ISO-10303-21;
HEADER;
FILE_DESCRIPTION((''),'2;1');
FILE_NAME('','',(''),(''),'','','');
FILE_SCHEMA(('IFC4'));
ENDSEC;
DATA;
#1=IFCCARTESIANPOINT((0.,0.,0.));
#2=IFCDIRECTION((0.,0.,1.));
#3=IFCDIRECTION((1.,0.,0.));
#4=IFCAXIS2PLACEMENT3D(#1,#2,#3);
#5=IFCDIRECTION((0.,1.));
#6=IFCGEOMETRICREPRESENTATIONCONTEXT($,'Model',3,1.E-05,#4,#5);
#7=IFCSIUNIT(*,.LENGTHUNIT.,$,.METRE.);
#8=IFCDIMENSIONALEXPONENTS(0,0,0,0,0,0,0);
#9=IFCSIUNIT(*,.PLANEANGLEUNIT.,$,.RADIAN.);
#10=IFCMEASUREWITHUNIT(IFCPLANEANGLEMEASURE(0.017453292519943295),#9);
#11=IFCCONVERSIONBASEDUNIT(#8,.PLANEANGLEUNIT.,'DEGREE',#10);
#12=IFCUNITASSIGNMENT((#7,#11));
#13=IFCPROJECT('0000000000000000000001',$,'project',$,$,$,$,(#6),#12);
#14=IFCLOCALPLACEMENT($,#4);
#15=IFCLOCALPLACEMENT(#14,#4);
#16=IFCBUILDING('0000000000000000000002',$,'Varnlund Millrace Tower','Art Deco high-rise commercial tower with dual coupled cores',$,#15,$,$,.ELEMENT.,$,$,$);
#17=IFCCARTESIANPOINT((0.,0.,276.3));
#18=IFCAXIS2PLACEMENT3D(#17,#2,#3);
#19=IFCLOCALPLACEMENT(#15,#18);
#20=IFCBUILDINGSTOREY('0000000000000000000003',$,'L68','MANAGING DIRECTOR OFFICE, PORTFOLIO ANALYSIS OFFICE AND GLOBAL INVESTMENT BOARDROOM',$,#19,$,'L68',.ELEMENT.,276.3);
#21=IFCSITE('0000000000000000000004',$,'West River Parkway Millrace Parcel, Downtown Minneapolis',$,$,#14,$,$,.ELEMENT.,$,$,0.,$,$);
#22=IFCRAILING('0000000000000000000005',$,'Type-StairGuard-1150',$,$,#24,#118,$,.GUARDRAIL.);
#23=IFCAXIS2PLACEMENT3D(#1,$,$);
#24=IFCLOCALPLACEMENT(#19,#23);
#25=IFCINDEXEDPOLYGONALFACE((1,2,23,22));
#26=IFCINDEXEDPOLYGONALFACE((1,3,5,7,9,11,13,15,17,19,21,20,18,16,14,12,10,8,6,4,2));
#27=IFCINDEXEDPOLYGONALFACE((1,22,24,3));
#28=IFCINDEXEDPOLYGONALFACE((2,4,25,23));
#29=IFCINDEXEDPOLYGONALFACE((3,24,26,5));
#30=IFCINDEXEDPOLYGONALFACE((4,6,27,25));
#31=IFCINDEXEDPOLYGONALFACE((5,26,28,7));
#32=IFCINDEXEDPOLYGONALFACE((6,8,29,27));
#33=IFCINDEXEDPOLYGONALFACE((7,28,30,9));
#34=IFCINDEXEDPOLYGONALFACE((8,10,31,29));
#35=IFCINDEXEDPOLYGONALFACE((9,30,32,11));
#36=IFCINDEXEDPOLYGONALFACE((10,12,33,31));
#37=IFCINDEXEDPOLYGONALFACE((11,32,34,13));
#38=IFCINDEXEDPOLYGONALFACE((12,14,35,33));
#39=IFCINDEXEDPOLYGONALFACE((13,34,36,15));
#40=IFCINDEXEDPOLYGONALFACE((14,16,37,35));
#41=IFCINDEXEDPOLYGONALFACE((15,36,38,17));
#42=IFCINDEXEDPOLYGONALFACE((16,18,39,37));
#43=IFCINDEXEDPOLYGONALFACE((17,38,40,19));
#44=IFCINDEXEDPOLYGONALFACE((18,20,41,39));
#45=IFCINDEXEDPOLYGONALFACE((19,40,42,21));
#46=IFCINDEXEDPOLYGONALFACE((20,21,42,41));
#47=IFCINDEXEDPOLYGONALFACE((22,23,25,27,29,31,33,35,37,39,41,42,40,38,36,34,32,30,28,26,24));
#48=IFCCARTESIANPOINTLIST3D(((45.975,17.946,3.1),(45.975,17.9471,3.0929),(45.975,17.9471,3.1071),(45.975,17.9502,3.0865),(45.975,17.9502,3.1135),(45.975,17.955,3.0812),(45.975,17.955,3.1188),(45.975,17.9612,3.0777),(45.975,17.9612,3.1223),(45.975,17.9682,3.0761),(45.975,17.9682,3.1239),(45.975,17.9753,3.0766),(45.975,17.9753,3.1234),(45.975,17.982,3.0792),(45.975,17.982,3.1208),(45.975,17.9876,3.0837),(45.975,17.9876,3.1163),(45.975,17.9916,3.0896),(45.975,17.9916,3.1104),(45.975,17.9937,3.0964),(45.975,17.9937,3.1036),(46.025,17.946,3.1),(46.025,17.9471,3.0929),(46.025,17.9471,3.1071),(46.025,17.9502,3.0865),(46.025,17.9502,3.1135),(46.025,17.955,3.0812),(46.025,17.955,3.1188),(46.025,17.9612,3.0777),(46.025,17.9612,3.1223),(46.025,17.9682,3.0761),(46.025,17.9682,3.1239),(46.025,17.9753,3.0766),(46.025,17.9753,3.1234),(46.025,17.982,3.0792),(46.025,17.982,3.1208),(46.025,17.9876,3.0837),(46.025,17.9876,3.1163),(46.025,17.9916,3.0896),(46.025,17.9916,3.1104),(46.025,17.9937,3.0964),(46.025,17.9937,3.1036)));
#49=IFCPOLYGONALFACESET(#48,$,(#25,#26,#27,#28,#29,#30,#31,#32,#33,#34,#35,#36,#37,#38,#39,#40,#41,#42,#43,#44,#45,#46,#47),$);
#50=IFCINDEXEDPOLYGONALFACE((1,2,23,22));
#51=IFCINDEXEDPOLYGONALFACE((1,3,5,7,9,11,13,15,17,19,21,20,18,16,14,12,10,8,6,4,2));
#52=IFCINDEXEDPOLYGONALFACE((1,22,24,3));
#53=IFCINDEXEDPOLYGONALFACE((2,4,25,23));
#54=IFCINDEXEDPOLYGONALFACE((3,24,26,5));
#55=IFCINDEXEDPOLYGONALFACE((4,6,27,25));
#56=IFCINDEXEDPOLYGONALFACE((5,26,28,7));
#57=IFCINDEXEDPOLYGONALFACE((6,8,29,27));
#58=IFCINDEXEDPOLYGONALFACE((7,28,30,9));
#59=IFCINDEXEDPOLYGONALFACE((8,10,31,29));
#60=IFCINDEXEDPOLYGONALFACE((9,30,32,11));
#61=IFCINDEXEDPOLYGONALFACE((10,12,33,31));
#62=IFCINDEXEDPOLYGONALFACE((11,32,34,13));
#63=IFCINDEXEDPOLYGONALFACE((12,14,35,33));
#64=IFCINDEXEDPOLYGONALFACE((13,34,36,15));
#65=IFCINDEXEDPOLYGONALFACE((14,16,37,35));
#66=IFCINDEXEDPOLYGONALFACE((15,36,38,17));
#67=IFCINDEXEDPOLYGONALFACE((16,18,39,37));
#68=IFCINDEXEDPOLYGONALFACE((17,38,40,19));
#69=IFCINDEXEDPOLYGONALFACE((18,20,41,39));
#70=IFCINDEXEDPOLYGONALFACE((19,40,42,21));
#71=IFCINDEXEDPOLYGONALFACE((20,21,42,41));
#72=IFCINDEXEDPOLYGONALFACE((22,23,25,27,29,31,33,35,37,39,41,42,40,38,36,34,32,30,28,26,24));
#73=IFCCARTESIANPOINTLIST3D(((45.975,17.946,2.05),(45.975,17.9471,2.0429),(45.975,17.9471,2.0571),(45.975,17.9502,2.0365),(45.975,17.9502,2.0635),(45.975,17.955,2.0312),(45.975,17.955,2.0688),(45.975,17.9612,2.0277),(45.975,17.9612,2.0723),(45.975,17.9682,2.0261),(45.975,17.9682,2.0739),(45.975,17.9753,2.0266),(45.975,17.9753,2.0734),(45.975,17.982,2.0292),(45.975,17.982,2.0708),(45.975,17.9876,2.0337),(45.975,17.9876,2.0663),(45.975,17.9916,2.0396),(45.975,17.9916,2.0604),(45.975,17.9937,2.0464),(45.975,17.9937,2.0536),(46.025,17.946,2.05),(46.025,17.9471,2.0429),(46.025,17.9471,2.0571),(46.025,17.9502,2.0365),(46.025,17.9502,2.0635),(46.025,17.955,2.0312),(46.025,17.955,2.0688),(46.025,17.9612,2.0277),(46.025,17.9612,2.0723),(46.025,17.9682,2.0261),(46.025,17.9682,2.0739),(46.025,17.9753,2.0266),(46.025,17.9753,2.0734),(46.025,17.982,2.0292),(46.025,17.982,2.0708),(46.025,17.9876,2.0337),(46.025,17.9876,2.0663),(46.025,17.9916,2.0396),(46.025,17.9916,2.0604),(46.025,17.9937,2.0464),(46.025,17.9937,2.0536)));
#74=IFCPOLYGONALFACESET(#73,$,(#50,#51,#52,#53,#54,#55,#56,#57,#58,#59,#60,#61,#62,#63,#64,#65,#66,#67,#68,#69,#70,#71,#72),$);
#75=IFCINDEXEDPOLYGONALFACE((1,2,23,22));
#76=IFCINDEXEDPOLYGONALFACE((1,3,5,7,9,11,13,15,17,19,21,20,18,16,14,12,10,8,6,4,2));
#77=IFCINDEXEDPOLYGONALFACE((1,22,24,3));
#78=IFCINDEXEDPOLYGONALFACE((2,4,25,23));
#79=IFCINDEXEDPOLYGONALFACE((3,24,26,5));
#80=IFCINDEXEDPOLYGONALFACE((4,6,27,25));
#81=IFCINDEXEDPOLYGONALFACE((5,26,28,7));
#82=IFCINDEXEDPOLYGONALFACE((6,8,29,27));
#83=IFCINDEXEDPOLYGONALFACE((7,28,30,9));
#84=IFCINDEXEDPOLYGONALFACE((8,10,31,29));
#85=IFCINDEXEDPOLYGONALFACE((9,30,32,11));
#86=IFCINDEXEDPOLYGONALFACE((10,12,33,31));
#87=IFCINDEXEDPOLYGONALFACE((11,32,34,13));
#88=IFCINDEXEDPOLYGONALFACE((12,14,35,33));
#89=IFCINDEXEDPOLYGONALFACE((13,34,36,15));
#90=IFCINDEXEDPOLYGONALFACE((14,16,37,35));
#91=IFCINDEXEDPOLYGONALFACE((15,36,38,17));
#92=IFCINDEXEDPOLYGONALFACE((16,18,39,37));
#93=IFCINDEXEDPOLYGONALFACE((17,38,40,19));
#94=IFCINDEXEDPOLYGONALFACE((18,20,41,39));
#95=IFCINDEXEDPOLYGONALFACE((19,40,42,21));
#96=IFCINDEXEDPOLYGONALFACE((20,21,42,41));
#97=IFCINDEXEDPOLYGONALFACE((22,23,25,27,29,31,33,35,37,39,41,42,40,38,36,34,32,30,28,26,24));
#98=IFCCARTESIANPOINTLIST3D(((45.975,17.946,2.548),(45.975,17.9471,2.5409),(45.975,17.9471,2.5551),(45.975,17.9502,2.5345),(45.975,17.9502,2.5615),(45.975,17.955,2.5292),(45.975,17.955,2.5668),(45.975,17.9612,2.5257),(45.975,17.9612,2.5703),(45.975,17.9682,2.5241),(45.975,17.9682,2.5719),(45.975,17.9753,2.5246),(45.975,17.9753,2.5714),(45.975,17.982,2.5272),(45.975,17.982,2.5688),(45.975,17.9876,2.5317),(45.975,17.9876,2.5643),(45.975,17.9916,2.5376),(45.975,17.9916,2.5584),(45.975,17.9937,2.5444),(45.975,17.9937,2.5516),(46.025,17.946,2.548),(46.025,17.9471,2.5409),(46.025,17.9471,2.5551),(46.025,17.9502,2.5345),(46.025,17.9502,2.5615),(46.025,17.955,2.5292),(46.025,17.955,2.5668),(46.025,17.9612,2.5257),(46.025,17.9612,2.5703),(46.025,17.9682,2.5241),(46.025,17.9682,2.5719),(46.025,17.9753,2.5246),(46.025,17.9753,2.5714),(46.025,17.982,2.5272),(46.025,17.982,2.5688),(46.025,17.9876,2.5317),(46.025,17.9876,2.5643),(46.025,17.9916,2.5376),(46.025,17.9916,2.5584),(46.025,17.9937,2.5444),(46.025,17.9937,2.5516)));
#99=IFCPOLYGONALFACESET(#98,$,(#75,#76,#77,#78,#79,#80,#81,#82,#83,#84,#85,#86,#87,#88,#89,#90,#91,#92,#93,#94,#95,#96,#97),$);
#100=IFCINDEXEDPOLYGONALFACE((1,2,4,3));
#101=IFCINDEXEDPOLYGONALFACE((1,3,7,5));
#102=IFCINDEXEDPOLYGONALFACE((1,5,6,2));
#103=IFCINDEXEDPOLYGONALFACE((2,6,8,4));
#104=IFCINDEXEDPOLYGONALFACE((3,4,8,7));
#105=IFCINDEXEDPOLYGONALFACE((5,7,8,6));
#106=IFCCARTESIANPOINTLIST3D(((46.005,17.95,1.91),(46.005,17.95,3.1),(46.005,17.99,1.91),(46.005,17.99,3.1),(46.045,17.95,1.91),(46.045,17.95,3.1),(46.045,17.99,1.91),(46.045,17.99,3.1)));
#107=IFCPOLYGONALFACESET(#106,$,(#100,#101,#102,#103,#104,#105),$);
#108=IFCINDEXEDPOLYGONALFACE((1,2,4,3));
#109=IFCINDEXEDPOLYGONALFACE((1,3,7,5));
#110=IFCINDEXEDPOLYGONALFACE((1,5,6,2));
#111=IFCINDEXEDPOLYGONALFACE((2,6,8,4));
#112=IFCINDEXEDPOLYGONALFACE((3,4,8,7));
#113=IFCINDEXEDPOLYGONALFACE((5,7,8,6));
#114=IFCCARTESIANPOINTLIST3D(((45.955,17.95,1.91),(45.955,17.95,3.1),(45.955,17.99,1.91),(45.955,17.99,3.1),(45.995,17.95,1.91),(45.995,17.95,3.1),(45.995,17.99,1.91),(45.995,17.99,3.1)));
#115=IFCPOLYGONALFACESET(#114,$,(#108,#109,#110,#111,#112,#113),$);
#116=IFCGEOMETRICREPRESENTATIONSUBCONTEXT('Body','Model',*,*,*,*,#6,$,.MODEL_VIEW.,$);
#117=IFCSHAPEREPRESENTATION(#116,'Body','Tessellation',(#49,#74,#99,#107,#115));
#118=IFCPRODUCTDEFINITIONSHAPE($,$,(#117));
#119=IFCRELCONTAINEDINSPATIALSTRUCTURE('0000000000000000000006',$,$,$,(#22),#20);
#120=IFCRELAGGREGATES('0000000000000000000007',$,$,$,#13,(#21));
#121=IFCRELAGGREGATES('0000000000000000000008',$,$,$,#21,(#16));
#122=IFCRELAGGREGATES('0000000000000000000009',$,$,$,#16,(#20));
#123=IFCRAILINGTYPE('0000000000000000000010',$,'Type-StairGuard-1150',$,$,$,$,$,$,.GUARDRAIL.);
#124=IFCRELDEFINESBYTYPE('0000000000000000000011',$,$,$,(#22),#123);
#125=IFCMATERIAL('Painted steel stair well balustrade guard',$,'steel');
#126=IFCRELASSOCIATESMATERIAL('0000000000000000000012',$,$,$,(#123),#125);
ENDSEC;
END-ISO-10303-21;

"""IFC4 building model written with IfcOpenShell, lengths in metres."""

from ifc_helpers import new_model, entity, si_unit, converted_unit, direction, frame, origin_with_axes, origin_2d_with_axis, place, context, subcontext, project, spatial, rectangle, circle, extrude, material, type_object, element, save


model = new_model("IFC4")

# Units and contexts
model_context = context("Model", 3, precision=1e-05, world=origin_with_axes(), true_north=direction((0.0, 1.0)))
body_context = subcontext(model_context, "Body", "Model", "MODEL_VIEW")
ifc_project = project(units=[si_unit("LENGTHUNIT", "METRE"), converted_unit("PLANEANGLEUNIT", "DEGREE", entity("IfcPlaneAngleMeasure", 0.017453292519943295), si_unit("PLANEANGLEUNIT", "RADIAN"), dimensions=[0, 0, 0, 0, 0, 0, 0])], contexts=[model_context])

# Site, building, storey
site_placement = place(None, origin_with_axes())
site = spatial("IfcSite", under=ifc_project, at=site_placement, Name="West River Parkway Millrace Parcel, Downtown Minneapolis", CompositionType="ELEMENT", RefElevation=0.0)
building_placement = place(site_placement, origin_with_axes())
building = spatial("IfcBuilding", under=site, at=building_placement, Name="Varnlund Millrace Tower", Description="Art Deco high-rise commercial tower with dual coupled cores", CompositionType="ELEMENT")
storey_placement = place(building_placement, frame((0.0, 0.0, 276.3), z_axis=(0.0, 0.0, 1.0), x_axis=(1.0, 0.0, 0.0)))
storey = spatial("IfcBuildingStorey", under=building, at=storey_placement, Name="L68", Description="MANAGING DIRECTOR OFFICE, PORTFOLIO ANALYSIS OFFICE AND GLOBAL INVESTMENT BOARDROOM", LongName="L68", CompositionType="ELEMENT", Elevation=276.3)

# Railing
ifc_material_1 = material(Name="Painted steel stair well balustrade guard", Category="steel")
railing_type_1 = type_object("IfcRailingType", Name="Type-StairGuard-1150", PredefinedType="GUARDRAIL", material=ifc_material_1)
railing_1_placement = place(storey_placement, frame((0.0, 0.0, -276.3), z_axis=(0.0, 0.0, 1.0), x_axis=(1.0, 0.0, 0.0)))
element("IfcRailing", 1, at=railing_1_placement, inside=storey, type_object=railing_type_1, Name="Type-StairGuard-1150", PredefinedType="GUARDRAIL", context=body_context, shape_type="SweptSolid", body=[
    extrude(circle(Radius=0.024, at=origin_2d_with_axis()), frame((46.025, 17.97, 279.4), z_axis=(-1.0, 0.0, 0.0), x_axis=(0.0, -1.0, 0.0)), (0.0, 0.0, 1.0), 0.05),
    extrude(circle(Radius=0.024, at=origin_2d_with_axis()), frame((46.025, 17.97, 278.35), z_axis=(-1.0, 0.0, 0.0), x_axis=(0.0, -1.0, 0.0)), (0.0, 0.0, 1.0), 0.05),
    extrude(circle(Radius=0.024, at=origin_2d_with_axis()), frame((46.025, 17.97, 278.848), z_axis=(-1.0, 0.0, 0.0), x_axis=(0.0, -1.0, 0.0)), (0.0, 0.0, 1.0), 0.05),
    extrude(rectangle(XDim=0.04, YDim=0.04, at=origin_2d_with_axis()), frame((46.025, 17.97, 278.21), z_axis=(0.0, 0.0, 1.0), x_axis=(1.0, 0.0, 0.0)), (0.0, 0.0, 1.0), 1.19),
    extrude(rectangle(XDim=0.04, YDim=0.04, at=origin_2d_with_axis()), frame((45.975, 17.97, 278.21), z_axis=(0.0, 0.0, 1.0), x_axis=(1.0, 0.0, 0.0)), (0.0, 0.0, 1.0), 1.19),
])

save(model, "model.ifc")
